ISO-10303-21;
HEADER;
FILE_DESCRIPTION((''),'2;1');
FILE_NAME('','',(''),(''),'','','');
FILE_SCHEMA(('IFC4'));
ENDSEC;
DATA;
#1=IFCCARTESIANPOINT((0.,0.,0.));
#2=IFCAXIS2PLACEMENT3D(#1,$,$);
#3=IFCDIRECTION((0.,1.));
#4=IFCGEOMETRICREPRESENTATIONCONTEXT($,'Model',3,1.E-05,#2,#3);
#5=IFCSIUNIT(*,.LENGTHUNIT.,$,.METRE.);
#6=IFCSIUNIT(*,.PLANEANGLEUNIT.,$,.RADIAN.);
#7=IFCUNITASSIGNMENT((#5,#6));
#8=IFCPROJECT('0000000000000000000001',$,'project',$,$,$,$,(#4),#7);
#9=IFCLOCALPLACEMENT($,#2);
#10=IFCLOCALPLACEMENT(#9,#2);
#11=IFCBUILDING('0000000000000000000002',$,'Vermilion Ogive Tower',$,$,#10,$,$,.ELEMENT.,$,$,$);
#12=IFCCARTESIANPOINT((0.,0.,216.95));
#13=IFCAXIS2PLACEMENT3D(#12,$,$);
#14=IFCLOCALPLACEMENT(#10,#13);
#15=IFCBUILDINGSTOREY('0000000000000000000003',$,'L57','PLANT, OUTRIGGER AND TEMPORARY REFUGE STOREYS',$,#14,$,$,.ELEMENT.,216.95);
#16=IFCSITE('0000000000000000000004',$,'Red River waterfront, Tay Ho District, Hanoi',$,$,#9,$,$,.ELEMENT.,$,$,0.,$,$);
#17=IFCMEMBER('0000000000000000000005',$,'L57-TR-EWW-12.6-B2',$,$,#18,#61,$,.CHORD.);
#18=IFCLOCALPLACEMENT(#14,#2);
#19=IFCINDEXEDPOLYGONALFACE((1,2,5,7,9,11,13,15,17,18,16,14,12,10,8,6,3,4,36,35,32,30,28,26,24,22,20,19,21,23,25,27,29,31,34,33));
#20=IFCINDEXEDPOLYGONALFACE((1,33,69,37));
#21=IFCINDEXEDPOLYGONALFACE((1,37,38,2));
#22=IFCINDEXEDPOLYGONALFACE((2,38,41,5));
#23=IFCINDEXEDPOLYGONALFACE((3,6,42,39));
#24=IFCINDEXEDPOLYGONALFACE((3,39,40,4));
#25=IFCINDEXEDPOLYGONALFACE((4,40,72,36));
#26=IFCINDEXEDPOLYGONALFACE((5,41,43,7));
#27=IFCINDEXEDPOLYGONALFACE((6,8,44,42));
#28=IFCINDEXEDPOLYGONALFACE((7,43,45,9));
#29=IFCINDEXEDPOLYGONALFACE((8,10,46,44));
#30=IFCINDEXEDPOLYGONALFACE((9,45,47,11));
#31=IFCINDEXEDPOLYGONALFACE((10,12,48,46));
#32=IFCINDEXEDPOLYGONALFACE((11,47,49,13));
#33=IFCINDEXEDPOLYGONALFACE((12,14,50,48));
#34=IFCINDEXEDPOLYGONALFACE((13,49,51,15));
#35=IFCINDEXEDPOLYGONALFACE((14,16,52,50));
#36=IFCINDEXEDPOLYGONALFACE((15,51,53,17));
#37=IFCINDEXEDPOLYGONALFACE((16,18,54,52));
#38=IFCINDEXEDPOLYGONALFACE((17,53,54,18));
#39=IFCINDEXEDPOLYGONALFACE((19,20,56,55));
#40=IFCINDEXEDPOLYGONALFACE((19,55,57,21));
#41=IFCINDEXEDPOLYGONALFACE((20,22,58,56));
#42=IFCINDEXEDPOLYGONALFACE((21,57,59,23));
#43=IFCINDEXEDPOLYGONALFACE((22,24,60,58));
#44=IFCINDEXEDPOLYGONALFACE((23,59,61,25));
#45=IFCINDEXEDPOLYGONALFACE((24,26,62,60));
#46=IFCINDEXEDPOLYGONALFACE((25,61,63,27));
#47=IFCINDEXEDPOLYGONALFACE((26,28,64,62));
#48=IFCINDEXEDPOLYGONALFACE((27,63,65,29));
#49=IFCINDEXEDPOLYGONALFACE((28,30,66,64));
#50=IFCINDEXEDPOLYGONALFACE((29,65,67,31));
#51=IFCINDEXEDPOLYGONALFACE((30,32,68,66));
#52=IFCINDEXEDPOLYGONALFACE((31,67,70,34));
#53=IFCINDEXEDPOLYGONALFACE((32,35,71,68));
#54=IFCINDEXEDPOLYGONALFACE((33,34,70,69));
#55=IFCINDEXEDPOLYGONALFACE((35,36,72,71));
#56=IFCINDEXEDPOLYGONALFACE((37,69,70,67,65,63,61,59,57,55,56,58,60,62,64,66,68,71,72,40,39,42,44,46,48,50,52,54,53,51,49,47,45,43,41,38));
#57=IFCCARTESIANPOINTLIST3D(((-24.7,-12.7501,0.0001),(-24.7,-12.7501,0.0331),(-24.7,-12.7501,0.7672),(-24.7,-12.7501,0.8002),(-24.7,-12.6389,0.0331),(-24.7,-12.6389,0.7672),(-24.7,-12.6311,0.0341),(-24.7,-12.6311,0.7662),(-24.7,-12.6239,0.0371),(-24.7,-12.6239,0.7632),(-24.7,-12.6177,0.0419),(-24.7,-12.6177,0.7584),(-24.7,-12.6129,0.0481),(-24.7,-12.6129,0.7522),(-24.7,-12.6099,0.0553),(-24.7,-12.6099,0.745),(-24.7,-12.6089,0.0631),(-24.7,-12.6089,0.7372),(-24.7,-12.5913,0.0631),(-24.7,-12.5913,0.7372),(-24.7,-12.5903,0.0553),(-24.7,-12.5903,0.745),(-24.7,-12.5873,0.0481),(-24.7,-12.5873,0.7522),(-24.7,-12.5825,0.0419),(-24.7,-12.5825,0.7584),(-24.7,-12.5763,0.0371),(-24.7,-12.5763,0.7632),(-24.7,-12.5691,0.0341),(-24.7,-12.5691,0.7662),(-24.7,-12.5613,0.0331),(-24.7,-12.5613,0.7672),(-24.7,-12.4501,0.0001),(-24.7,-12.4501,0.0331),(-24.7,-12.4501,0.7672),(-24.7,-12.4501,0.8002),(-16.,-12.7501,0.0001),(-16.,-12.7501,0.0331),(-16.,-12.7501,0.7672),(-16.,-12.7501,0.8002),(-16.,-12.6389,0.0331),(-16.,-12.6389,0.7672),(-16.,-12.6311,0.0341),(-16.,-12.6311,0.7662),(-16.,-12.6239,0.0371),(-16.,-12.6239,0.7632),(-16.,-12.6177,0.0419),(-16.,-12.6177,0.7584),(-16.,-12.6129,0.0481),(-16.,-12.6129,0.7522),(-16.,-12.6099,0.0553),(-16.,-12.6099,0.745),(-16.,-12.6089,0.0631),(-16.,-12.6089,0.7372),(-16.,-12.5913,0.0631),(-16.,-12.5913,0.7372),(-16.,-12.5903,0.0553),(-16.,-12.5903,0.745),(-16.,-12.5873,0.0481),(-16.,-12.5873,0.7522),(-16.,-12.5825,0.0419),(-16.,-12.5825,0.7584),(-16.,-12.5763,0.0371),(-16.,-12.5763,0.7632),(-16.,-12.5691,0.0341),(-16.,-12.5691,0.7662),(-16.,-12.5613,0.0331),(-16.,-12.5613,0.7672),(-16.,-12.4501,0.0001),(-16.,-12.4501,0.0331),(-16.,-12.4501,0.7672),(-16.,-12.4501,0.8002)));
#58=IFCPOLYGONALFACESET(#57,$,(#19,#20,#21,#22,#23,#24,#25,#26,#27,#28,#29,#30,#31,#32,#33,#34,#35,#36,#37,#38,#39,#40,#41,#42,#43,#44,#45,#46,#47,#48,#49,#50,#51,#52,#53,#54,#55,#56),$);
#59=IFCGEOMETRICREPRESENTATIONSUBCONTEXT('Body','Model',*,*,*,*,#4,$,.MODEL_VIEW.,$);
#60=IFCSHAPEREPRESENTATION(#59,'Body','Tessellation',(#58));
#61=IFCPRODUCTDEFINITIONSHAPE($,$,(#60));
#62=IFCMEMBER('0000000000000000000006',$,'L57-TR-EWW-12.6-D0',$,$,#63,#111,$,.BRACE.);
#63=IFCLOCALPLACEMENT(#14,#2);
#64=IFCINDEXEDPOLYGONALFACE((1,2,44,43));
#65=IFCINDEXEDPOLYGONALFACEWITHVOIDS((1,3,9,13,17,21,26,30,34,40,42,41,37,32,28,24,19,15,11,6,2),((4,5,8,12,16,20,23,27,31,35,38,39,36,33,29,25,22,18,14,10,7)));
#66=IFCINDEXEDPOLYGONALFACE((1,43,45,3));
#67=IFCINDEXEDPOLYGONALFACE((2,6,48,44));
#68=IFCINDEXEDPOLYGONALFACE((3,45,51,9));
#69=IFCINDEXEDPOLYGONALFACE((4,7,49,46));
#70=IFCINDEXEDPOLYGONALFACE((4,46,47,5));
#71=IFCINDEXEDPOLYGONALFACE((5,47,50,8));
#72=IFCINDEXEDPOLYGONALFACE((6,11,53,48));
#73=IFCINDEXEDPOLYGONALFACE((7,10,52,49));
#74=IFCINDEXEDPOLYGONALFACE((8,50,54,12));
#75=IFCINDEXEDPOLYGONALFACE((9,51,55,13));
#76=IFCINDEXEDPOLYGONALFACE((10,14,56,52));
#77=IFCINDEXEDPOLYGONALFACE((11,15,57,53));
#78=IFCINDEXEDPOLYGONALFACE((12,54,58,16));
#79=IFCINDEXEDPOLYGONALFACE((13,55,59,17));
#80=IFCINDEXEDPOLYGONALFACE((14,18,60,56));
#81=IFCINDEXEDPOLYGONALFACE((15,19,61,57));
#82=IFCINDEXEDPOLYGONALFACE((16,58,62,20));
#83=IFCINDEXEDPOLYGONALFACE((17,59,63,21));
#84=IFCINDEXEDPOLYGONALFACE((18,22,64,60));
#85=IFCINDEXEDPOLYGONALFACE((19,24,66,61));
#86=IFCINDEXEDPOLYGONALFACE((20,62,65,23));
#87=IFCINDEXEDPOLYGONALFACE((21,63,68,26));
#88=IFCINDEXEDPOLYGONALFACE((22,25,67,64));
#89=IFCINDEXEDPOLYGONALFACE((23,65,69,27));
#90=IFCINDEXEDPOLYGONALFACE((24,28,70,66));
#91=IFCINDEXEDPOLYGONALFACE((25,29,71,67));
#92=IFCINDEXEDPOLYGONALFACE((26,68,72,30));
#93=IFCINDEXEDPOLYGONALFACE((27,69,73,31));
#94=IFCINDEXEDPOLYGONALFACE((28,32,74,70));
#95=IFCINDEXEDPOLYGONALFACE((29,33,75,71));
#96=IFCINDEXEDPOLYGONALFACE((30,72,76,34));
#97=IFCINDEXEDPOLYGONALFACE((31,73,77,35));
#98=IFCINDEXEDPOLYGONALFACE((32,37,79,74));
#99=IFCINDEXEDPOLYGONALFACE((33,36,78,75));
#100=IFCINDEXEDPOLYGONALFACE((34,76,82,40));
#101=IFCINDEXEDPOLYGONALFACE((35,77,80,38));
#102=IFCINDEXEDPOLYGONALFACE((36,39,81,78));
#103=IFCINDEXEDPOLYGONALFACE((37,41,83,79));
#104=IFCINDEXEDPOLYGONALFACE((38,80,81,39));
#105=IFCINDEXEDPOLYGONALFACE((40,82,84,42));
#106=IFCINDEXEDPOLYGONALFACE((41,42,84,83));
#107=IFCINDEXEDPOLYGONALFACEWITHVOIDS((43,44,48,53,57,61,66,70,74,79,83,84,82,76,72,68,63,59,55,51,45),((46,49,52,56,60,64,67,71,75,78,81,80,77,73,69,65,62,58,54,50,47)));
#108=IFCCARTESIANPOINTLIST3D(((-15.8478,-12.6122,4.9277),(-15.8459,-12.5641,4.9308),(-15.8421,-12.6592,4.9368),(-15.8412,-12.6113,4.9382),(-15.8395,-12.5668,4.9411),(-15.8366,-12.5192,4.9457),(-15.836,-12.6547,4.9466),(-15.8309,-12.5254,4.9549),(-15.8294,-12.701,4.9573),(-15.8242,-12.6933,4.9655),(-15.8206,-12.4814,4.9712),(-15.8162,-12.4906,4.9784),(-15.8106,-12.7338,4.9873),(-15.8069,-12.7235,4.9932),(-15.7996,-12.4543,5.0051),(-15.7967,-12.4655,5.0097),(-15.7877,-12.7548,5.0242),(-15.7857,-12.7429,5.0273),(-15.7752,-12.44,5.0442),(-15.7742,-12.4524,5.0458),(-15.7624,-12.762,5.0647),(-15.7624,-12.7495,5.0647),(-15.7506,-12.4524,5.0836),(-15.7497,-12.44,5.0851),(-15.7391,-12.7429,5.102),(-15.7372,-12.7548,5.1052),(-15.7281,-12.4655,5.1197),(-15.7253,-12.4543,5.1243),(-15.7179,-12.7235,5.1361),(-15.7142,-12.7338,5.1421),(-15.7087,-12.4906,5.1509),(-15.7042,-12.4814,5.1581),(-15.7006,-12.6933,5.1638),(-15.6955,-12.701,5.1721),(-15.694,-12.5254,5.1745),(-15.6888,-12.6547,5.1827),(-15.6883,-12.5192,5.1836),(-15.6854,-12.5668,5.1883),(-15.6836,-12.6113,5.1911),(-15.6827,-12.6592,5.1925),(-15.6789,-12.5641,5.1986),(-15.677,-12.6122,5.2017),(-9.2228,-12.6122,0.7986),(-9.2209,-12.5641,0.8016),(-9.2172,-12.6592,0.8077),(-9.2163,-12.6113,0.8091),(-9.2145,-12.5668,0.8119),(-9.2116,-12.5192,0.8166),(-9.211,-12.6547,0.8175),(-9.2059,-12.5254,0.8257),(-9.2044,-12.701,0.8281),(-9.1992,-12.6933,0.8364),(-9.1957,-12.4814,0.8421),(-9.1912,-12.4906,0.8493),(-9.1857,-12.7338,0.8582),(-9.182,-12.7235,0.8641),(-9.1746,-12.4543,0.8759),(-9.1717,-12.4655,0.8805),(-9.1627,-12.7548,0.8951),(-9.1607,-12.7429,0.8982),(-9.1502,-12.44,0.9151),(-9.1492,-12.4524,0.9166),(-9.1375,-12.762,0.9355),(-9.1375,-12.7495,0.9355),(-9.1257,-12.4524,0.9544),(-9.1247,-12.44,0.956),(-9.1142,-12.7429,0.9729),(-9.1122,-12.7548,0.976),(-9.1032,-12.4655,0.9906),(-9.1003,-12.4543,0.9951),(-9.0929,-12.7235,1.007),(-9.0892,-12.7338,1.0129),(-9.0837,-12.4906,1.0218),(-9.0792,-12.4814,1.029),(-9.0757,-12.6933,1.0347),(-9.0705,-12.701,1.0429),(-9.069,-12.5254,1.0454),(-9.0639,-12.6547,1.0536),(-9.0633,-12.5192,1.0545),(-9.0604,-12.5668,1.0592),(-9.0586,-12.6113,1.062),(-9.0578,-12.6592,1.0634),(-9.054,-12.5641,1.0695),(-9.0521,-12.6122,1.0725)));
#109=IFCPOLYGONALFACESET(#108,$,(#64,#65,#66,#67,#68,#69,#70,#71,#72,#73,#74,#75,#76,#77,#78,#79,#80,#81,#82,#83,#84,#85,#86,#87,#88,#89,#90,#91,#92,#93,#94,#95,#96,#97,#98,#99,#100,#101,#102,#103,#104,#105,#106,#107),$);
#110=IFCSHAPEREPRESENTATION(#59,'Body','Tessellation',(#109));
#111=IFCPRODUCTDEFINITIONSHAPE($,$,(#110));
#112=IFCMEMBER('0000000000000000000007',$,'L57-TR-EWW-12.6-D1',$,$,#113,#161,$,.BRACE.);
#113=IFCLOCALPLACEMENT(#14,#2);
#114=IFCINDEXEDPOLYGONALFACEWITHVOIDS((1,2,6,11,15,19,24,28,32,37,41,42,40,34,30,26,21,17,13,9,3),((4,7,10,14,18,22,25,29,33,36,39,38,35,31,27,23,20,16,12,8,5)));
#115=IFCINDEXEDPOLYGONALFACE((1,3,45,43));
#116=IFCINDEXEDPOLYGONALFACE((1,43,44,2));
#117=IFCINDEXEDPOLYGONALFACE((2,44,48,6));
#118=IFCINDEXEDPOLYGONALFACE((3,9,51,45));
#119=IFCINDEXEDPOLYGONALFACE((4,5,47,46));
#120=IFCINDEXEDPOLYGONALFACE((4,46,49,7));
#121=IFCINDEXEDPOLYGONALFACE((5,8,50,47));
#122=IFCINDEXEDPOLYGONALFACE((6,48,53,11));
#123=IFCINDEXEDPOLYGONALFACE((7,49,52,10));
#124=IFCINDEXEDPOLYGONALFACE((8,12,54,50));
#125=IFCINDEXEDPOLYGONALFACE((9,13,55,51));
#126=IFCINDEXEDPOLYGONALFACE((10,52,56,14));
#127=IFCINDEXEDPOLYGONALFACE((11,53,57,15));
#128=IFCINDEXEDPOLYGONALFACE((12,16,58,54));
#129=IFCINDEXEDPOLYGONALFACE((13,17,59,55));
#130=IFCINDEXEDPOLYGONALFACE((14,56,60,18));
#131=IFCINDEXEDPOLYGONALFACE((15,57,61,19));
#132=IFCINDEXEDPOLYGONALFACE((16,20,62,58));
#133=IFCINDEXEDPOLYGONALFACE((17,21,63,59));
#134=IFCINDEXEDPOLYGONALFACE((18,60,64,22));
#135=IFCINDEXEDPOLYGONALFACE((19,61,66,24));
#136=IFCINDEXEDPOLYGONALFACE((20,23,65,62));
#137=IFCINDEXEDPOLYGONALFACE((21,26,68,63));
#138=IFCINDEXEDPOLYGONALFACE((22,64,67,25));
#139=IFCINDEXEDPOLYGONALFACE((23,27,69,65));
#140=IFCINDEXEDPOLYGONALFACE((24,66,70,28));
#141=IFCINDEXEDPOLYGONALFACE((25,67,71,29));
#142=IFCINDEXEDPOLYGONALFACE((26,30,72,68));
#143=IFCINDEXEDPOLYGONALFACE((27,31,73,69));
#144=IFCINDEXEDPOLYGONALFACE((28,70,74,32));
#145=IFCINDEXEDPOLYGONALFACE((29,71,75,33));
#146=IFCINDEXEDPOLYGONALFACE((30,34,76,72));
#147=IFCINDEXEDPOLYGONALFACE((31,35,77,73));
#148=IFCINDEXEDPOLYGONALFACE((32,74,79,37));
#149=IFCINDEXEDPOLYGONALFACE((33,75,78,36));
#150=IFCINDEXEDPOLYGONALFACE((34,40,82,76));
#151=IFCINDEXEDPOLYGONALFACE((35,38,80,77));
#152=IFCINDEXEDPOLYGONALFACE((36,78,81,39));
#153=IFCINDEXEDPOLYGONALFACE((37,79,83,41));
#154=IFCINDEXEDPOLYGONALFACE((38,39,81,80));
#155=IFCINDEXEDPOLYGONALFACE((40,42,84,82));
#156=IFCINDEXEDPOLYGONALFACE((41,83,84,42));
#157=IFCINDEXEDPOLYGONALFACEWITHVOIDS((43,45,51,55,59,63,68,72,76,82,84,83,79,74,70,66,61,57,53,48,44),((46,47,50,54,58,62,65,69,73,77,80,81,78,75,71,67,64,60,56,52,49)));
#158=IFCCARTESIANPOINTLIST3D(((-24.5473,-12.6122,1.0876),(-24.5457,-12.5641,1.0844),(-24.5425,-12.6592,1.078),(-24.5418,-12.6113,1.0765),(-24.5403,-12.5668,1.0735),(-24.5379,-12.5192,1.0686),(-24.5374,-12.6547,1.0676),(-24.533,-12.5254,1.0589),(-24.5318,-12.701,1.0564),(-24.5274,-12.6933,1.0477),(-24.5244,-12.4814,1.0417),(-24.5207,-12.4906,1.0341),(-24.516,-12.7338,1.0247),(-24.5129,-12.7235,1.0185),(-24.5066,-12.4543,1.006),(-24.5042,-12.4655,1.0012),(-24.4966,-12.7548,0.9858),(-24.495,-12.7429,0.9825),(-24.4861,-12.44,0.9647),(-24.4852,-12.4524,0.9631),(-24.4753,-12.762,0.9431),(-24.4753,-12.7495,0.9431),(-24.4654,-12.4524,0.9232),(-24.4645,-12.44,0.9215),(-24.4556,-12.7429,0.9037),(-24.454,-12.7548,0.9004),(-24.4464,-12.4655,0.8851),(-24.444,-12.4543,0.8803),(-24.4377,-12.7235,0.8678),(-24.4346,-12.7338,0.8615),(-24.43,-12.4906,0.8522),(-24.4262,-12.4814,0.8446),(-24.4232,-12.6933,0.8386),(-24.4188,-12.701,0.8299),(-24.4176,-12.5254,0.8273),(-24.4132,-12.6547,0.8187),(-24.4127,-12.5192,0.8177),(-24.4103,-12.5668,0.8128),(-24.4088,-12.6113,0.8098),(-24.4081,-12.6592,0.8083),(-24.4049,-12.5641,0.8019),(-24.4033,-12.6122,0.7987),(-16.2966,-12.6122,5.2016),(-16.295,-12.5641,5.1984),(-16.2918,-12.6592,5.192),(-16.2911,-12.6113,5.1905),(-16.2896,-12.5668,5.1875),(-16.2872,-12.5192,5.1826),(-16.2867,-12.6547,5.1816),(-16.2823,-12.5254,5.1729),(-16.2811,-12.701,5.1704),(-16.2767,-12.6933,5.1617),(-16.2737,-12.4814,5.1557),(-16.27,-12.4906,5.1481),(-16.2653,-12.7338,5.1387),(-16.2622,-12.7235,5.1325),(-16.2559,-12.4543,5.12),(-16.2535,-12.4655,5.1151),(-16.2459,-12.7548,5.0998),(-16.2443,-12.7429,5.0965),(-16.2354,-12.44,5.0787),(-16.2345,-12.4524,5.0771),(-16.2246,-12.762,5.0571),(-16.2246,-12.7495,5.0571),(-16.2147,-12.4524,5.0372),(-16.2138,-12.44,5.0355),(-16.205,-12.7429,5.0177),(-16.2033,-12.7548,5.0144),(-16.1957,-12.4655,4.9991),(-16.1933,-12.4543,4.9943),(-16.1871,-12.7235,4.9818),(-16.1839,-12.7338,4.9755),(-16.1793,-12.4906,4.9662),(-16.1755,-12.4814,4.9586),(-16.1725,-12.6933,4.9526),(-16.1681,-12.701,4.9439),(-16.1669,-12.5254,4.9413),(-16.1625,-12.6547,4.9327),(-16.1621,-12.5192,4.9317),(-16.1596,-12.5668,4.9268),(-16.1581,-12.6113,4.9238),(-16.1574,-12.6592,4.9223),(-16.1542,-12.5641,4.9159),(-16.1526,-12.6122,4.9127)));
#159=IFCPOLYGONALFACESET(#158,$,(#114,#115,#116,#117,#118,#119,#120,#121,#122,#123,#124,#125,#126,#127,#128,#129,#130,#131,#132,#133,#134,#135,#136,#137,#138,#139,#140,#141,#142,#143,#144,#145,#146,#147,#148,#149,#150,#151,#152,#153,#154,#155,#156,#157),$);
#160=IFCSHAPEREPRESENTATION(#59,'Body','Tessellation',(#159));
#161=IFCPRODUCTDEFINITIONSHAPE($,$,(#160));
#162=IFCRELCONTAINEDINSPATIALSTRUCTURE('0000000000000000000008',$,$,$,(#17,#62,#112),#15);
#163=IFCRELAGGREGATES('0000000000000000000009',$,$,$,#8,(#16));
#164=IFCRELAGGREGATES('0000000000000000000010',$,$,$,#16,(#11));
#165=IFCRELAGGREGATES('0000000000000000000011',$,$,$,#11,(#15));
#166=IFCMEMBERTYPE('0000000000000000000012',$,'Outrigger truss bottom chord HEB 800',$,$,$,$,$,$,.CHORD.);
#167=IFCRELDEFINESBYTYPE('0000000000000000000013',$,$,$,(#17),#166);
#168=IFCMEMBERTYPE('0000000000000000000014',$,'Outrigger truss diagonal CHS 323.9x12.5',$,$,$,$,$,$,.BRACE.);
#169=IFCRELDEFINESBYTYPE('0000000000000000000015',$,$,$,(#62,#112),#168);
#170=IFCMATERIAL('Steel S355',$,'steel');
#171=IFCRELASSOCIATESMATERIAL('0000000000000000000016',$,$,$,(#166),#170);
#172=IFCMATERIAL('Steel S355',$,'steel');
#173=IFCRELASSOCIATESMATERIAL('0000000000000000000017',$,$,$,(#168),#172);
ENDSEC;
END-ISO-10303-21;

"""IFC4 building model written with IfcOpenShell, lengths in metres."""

from ifc_helpers import new_model, si_unit, direction, frame, origin, origin_2d, place, context, subcontext, project, spatial, hollow_circle, i_section, extrude, material, material_profile, profile_set, type_object, element, save


model = new_model("IFC4")

# Units and contexts
model_context = context("Model", 3, precision=1e-05, world=origin(), true_north=direction((0.0, 1.0)))
body_context = subcontext(model_context, "Body", "Model", "MODEL_VIEW")
ifc_project = project(units=[si_unit("LENGTHUNIT", "METRE"), si_unit("PLANEANGLEUNIT", "RADIAN")], contexts=[model_context])

# Site, building, storey
site_placement = place(None, origin())
site = spatial("IfcSite", under=ifc_project, at=site_placement, Name="Red River waterfront, Tay Ho District, Hanoi", CompositionType="ELEMENT", RefElevation=0.0)
building_placement = place(site_placement, origin())
building = spatial("IfcBuilding", under=site, at=building_placement, Name="Vermilion Ogive Tower", CompositionType="ELEMENT")
storey_placement = place(building_placement, frame((0.0, 0.0, 216.95)))
storey = spatial("IfcBuildingStorey", under=building, at=storey_placement, Name="L57", Description="PLANT, OUTRIGGER AND TEMPORARY REFUGE STOREYS", CompositionType="ELEMENT", Elevation=216.95)

# Members
ifc_material_1 = material(Name="Steel S355", Category="steel")
ifc_material_profile_1 = material_profile(ifc_material_1, i_section(OverallWidth=0.3, OverallDepth=0.8, WebThickness=0.0176, FlangeThickness=0.033, FilletRadius=0.03, at=origin_2d()), Name="HEB 800")
ifc_profile_set_1 = profile_set([ifc_material_profile_1], Name="Steel S355")
member_type_1 = type_object("IfcMemberType", Name="Outrigger truss bottom chord HEB 800", PredefinedType="CHORD", material=ifc_profile_set_1)
member_1_placement = place(storey_placement, frame((-16.0, -12.6001, 0.4001), z_axis=(-1.0, 0.0, 0.0), x_axis=(0.0, -1.0, 0.0)))
element("IfcMember", 1, at=member_1_placement, inside=storey, type_object=member_type_1, Name="L57-TR-EWW-12.6-B2", PredefinedType="CHORD", context=body_context, shape_type="SweptSolid", body=[
    extrude(i_section(OverallWidth=0.3, OverallDepth=0.8, WebThickness=0.0176, FlangeThickness=0.033, FilletRadius=0.03, at=origin_2d()), origin(), (0.0, 0.0, 1.0), 8.7),
])
ifc_material_2 = material(Name="Steel S355", Category="steel")
ifc_material_profile_2 = material_profile(ifc_material_2, hollow_circle(Radius=0.1619, WallThickness=0.0125, at=origin_2d()), Name="CHS 323.9x12.5")
ifc_profile_set_2 = profile_set([ifc_material_profile_2], Name="Steel S355")
member_type_2 = type_object("IfcMemberType", Name="Outrigger truss diagonal CHS 323.9x12.5", PredefinedType="BRACE", material=ifc_profile_set_2)
member_2_placement = place(storey_placement, frame((-9.1375, -12.6001, 0.9355), z_axis=(-0.848658, 0.0, 0.528942), x_axis=(0.0, -1.0, 0.0)))
element("IfcMember", 2, at=member_2_placement, inside=storey, type_object=member_type_2, Name="L57-TR-EWW-12.6-D0", PredefinedType="BRACE", context=body_context, shape_type="SweptSolid", body=[
    extrude(hollow_circle(Radius=0.1619, WallThickness=0.0125, at=origin_2d()), origin(), (0.0, 0.0, 1.0), 7.8064),
])
member_3_placement = place(storey_placement, frame((-16.2246, -12.6001, 5.0571), z_axis=(-0.894919, 0.0, -0.446228), x_axis=(0.0, -1.0, 0.0)))
element("IfcMember", 3, at=member_3_placement, inside=storey, type_object=member_type_2, Name="L57-TR-EWW-12.6-D1", PredefinedType="BRACE", context=body_context, shape_type="SweptSolid", body=[
    extrude(hollow_circle(Radius=0.1619, WallThickness=0.0125, at=origin_2d()), origin(), (0.0, 0.0, 1.0), 9.2195),
])

save(model, "model.ifc")
